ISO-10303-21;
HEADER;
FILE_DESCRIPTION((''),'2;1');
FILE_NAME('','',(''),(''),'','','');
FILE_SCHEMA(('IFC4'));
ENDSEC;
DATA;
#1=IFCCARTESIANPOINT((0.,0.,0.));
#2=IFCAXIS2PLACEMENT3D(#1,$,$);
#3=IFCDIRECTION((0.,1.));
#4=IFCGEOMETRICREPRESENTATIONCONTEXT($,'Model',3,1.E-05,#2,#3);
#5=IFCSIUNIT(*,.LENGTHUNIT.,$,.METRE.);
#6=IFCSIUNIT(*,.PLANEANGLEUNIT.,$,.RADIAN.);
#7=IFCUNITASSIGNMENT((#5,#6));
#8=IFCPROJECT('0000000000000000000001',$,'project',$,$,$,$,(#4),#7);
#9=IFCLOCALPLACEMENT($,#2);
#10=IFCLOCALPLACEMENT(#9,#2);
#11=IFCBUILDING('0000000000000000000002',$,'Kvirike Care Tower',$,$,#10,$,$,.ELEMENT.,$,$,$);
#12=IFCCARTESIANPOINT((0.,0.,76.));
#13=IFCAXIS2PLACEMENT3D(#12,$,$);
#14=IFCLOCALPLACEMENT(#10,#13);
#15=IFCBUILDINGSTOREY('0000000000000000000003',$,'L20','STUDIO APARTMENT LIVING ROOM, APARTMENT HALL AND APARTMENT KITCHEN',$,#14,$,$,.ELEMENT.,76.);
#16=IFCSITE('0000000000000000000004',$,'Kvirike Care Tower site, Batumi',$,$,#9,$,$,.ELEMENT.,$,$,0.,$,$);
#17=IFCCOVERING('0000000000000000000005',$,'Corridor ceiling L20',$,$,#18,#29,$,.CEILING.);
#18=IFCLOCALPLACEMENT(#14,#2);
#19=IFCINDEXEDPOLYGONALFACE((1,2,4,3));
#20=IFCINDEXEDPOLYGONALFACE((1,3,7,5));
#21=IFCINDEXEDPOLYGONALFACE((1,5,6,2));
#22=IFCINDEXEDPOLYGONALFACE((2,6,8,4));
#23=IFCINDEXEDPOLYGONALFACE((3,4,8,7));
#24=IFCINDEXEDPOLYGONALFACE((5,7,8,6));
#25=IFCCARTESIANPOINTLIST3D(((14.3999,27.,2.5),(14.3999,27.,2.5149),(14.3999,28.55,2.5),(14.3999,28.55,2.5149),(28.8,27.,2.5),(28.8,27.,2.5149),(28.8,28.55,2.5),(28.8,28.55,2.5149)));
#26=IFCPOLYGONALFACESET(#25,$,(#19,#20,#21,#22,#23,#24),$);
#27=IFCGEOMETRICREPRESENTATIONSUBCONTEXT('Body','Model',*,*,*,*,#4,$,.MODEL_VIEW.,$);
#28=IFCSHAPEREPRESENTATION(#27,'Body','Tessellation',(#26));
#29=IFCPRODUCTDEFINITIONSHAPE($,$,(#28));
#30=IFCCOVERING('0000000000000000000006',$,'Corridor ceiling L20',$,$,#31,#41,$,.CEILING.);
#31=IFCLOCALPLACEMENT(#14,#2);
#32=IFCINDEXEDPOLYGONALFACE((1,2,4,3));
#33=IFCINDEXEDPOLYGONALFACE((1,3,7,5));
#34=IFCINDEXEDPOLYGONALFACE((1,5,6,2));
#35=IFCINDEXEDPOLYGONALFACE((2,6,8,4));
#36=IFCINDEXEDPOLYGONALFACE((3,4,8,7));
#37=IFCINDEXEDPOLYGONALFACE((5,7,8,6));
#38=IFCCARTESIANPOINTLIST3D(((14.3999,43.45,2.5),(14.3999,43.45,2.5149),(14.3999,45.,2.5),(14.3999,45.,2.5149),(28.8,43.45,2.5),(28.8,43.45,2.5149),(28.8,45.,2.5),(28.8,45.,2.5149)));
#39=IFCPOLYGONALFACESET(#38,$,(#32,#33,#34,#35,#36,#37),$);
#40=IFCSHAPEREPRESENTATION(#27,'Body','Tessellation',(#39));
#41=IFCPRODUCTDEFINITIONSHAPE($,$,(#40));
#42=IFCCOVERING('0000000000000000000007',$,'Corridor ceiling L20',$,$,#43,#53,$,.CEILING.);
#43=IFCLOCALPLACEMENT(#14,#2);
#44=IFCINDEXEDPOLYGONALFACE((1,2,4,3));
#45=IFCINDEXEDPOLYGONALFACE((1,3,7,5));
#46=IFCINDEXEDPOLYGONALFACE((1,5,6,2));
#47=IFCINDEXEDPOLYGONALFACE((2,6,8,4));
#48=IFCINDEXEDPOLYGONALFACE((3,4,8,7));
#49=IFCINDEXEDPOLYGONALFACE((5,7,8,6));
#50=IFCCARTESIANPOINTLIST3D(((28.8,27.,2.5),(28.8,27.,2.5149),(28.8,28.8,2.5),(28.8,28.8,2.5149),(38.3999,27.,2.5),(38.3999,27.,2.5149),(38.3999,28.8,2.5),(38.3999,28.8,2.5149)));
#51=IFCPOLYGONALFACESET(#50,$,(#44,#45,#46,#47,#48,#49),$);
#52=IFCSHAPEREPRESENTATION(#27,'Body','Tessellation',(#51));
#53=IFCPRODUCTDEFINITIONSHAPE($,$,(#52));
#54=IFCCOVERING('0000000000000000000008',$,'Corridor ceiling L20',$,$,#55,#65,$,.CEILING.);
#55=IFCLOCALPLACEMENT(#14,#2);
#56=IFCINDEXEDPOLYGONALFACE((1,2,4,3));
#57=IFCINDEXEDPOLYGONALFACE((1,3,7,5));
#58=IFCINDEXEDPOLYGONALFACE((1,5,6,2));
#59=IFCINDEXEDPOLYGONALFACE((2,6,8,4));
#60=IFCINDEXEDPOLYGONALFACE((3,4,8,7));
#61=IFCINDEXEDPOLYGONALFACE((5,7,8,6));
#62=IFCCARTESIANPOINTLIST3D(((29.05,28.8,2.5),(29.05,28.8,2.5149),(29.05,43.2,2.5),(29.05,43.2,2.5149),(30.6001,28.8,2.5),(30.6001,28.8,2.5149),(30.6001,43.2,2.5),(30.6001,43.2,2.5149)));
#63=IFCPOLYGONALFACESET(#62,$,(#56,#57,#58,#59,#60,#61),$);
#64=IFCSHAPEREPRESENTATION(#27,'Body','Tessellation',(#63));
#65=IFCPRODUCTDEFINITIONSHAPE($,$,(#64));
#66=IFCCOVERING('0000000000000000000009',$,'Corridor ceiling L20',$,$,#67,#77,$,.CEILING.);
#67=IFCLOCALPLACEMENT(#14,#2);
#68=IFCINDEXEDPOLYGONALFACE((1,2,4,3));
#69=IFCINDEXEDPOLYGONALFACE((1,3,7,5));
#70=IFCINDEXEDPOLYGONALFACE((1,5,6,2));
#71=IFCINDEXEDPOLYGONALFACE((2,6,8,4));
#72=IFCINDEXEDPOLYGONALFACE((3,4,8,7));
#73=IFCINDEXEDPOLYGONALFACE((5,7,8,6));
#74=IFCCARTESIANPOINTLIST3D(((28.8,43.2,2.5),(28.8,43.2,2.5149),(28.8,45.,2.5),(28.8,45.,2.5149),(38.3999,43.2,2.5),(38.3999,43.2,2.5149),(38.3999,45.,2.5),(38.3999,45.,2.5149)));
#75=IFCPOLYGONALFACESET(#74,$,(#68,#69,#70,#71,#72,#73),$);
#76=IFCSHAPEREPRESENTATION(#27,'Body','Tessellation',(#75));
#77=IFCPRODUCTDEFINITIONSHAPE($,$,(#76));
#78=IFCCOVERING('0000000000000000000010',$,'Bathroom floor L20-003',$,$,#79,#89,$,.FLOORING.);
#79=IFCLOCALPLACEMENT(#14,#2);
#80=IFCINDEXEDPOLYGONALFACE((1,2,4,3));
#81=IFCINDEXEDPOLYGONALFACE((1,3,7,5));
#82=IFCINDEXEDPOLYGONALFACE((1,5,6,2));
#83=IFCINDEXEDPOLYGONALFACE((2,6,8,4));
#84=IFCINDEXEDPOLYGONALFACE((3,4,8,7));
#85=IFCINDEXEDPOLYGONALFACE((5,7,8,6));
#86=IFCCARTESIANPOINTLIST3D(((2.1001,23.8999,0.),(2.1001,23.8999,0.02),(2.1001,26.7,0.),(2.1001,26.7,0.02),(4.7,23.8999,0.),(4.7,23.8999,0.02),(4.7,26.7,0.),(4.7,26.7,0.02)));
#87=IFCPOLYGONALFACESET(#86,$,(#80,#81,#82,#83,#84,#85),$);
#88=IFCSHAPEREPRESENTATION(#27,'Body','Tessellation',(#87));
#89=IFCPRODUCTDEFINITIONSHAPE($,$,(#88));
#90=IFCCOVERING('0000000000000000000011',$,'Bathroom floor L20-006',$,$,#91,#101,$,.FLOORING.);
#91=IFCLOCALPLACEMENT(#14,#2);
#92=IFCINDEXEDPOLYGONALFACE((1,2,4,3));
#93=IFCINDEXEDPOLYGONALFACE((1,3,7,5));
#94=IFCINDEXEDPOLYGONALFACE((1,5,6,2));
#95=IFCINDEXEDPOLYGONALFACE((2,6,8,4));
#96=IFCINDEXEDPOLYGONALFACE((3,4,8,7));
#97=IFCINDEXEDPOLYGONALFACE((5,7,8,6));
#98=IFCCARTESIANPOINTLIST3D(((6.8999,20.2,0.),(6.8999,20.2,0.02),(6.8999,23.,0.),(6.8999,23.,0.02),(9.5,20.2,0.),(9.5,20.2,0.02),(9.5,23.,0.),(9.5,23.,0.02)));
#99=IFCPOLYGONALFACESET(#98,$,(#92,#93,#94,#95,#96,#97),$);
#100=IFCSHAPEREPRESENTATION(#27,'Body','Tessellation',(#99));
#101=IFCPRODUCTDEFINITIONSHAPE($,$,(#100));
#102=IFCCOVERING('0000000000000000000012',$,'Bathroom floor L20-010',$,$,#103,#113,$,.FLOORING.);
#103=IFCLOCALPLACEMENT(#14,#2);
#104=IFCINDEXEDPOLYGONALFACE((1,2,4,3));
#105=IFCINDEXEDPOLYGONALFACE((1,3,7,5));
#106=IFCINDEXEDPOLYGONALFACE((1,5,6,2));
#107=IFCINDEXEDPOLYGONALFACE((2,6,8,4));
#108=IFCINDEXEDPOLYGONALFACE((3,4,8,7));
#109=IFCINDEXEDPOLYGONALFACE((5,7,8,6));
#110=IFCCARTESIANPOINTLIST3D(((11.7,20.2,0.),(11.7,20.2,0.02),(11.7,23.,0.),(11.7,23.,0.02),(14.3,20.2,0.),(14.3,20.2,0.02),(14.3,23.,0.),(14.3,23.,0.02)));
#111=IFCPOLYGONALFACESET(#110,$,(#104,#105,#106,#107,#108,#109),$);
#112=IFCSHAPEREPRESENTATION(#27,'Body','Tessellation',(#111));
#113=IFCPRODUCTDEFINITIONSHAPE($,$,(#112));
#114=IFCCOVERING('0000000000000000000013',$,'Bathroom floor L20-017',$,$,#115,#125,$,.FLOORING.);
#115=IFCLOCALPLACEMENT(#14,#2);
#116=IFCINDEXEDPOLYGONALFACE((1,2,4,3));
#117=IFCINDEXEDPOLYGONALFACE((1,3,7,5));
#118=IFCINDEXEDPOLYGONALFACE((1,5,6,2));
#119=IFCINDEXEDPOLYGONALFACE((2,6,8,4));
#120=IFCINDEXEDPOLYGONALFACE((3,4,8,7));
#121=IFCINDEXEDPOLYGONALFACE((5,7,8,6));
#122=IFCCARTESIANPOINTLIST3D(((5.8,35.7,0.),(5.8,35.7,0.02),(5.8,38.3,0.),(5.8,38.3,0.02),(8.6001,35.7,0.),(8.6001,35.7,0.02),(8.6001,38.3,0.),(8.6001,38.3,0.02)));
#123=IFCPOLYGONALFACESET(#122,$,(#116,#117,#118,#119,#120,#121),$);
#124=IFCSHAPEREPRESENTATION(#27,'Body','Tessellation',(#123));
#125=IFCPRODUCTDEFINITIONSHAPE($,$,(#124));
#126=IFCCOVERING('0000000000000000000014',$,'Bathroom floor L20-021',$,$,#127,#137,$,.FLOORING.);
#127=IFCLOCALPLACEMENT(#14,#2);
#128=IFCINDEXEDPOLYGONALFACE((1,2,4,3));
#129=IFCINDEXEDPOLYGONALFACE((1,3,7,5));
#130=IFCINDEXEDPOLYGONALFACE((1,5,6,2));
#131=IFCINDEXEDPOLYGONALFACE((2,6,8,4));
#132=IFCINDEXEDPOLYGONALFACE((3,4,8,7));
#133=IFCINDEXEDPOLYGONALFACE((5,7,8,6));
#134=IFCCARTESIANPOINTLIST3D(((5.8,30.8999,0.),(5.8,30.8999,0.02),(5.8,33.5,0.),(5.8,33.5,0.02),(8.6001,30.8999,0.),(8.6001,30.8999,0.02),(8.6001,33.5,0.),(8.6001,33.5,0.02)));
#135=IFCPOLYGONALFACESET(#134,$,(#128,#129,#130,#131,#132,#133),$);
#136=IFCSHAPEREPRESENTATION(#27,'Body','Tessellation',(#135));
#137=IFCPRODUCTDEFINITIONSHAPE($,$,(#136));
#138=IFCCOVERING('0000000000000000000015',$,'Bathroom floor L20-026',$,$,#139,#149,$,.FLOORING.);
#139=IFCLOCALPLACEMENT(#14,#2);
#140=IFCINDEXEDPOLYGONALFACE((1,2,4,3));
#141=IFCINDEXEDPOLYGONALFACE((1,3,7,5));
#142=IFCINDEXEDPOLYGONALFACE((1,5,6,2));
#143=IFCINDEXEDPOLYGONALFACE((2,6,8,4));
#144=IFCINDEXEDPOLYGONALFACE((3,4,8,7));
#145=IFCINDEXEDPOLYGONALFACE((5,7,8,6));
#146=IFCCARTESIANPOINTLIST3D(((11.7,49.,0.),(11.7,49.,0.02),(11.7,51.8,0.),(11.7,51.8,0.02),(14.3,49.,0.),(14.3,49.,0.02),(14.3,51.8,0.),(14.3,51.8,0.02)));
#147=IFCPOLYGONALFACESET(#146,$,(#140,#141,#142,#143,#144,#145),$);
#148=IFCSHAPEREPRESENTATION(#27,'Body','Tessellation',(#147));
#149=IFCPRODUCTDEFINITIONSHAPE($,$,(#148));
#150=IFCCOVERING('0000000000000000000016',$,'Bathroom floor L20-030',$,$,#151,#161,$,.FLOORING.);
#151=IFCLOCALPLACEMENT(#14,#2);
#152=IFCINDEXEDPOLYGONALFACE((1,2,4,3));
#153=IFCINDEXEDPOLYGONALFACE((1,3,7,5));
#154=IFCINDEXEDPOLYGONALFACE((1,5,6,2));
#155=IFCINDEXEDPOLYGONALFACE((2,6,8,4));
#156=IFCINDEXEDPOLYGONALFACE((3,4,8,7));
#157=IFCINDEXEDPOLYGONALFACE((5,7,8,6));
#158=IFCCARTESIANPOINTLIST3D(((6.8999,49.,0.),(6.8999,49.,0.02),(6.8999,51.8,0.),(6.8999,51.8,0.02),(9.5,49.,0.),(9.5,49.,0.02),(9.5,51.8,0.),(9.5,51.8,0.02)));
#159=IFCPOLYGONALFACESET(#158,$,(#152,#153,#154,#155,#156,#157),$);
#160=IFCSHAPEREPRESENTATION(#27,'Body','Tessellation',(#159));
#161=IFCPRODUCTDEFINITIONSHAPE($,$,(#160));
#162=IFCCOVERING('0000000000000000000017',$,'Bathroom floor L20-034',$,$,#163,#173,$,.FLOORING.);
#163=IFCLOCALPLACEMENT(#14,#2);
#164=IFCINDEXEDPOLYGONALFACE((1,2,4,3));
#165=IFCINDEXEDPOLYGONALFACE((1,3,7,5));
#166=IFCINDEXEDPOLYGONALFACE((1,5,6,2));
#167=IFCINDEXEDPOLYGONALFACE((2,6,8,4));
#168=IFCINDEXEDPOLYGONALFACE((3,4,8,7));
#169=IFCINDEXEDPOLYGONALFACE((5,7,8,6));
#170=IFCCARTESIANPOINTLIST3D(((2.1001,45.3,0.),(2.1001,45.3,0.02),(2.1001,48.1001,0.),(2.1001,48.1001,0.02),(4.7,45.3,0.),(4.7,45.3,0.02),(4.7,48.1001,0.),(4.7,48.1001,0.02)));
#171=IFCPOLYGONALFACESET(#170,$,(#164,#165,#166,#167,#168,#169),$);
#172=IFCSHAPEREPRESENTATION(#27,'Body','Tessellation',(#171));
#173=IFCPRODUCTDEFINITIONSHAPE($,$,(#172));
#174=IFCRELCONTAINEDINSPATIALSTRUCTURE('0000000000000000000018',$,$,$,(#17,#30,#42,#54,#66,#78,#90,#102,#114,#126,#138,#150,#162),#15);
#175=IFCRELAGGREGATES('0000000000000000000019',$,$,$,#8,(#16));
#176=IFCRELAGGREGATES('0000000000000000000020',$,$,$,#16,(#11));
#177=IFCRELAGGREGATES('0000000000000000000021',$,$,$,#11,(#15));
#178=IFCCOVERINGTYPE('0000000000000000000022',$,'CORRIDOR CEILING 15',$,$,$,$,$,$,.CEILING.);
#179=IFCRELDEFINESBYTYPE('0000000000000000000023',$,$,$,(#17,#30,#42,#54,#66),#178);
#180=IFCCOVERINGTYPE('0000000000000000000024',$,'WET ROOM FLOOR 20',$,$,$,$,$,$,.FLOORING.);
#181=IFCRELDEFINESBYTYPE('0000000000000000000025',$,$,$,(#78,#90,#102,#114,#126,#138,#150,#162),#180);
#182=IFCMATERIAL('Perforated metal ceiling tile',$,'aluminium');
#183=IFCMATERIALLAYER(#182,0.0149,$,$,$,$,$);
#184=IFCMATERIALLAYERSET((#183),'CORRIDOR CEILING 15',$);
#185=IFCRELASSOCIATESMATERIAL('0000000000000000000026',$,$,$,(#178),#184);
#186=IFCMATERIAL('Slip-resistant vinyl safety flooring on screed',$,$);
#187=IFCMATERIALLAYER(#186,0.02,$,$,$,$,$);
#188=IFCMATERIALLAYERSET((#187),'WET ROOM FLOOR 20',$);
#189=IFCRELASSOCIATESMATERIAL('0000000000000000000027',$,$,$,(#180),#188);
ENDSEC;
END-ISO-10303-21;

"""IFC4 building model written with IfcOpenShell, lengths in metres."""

from ifc_helpers import new_model, si_unit, direction, frame, origin, place, context, subcontext, project, spatial, polyline, outline, extrude, material, layer, layer_set, type_object, element, save


model = new_model("IFC4")

# Units and contexts
model_context = context("Model", 3, precision=1e-05, world=origin(), true_north=direction((0.0, 1.0)))
body_context = subcontext(model_context, "Body", "Model", "MODEL_VIEW")
ifc_project = project(units=[si_unit("LENGTHUNIT", "METRE"), si_unit("PLANEANGLEUNIT", "RADIAN")], contexts=[model_context])

# Site, building, storey
site_placement = place(None, origin())
site = spatial("IfcSite", under=ifc_project, at=site_placement, Name="Kvirike Care Tower site, Batumi", CompositionType="ELEMENT", RefElevation=0.0)
building_placement = place(site_placement, origin())
building = spatial("IfcBuilding", under=site, at=building_placement, Name="Kvirike Care Tower", CompositionType="ELEMENT")
storey_placement = place(building_placement, frame((0.0, 0.0, 76.0)))
storey = spatial("IfcBuildingStorey", under=building, at=storey_placement, Name="L20", Description="STUDIO APARTMENT LIVING ROOM, APARTMENT HALL AND APARTMENT KITCHEN", CompositionType="ELEMENT", Elevation=76.0)

# Coverings
ifc_material_1 = material(Name="Perforated metal ceiling tile", Category="aluminium")
ifc_layer_1 = layer(ifc_material_1, 0.0149)
ifc_layer_set_1 = layer_set([ifc_layer_1], Name="CORRIDOR CEILING 15")
covering_type_1 = type_object("IfcCoveringType", Name="CORRIDOR CEILING 15", PredefinedType="CEILING", material=ifc_layer_set_1)
covering_1_placement = place(storey_placement, frame((0.0, 0.0, 2.5)))
element("IfcCovering", 1, at=covering_1_placement, inside=storey, type_object=covering_type_1, Name="Corridor ceiling L20", PredefinedType="CEILING", context=body_context, shape_type="SweptSolid", body=[
    extrude(outline(polyline([(14.3999, 27.0), (14.3999, 28.55), (28.8, 28.55), (28.8, 27.0), (14.3999, 27.0)])), origin(), (0.0, 0.0, 1.0), 0.0149),
])
covering_2_placement = place(storey_placement, frame((0.0, 0.0, 2.5)))
element("IfcCovering", 2, at=covering_2_placement, inside=storey, type_object=covering_type_1, Name="Corridor ceiling L20", PredefinedType="CEILING", context=body_context, shape_type="SweptSolid", body=[
    extrude(outline(polyline([(28.8, 45.0), (28.8, 43.45), (14.3999, 43.45), (14.3999, 45.0), (28.8, 45.0)])), origin(), (0.0, 0.0, 1.0), 0.0149),
])
covering_3_placement = place(storey_placement, frame((0.0, 0.0, 2.5)))
element("IfcCovering", 3, at=covering_3_placement, inside=storey, type_object=covering_type_1, Name="Corridor ceiling L20", PredefinedType="CEILING", context=body_context, shape_type="SweptSolid", body=[
    extrude(outline(polyline([(28.8, 27.0), (28.8, 28.8), (38.3999, 28.8), (38.3999, 27.0), (28.8, 27.0)])), origin(), (0.0, 0.0, 1.0), 0.0149),
])
covering_4_placement = place(storey_placement, frame((0.0, 0.0, 2.5)))
element("IfcCovering", 4, at=covering_4_placement, inside=storey, type_object=covering_type_1, Name="Corridor ceiling L20", PredefinedType="CEILING", context=body_context, shape_type="SweptSolid", body=[
    extrude(outline(polyline([(30.6001, 28.8), (29.05, 28.8), (29.05, 43.2), (30.6001, 43.2), (30.6001, 28.8)])), origin(), (0.0, 0.0, 1.0), 0.0149),
])
covering_5_placement = place(storey_placement, frame((0.0, 0.0, 2.5)))
element("IfcCovering", 5, at=covering_5_placement, inside=storey, type_object=covering_type_1, Name="Corridor ceiling L20", PredefinedType="CEILING", context=body_context, shape_type="SweptSolid", body=[
    extrude(outline(polyline([(38.3999, 45.0), (38.3999, 43.2), (28.8, 43.2), (28.8, 45.0), (38.3999, 45.0)])), origin(), (0.0, 0.0, 1.0), 0.0149),
])
ifc_material_2 = material(Name="Slip-resistant vinyl safety flooring on screed")
ifc_layer_2 = layer(ifc_material_2, 0.02)
ifc_layer_set_2 = layer_set([ifc_layer_2], Name="WET ROOM FLOOR 20")
covering_type_2 = type_object("IfcCoveringType", Name="WET ROOM FLOOR 20", PredefinedType="FLOORING", material=ifc_layer_set_2)
covering_6_placement = place(storey_placement, origin())
element("IfcCovering", 6, at=covering_6_placement, inside=storey, type_object=covering_type_2, Name="Bathroom floor L20-003", PredefinedType="FLOORING", context=body_context, shape_type="SweptSolid", body=[
    extrude(outline(polyline([(2.1001, 23.8999), (2.1001, 26.7), (4.7, 26.7), (4.7, 23.8999), (2.1001, 23.8999)])), origin(), (0.0, 0.0, 1.0), 0.02),
])
covering_7_placement = place(storey_placement, origin())
element("IfcCovering", 7, at=covering_7_placement, inside=storey, type_object=covering_type_2, Name="Bathroom floor L20-006", PredefinedType="FLOORING", context=body_context, shape_type="SweptSolid", body=[
    extrude(outline(polyline([(6.8999, 20.2), (6.8999, 23.0), (9.5, 23.0), (9.5, 20.2), (6.8999, 20.2)])), origin(), (0.0, 0.0, 1.0), 0.02),
])
covering_8_placement = place(storey_placement, origin())
element("IfcCovering", 8, at=covering_8_placement, inside=storey, type_object=covering_type_2, Name="Bathroom floor L20-010", PredefinedType="FLOORING", context=body_context, shape_type="SweptSolid", body=[
    extrude(outline(polyline([(11.7, 20.2), (11.7, 23.0), (14.3, 23.0), (14.3, 20.2), (11.7, 20.2)])), origin(), (0.0, 0.0, 1.0), 0.02),
])
covering_9_placement = place(storey_placement, origin())
element("IfcCovering", 9, at=covering_9_placement, inside=storey, type_object=covering_type_2, Name="Bathroom floor L20-017", PredefinedType="FLOORING", context=body_context, shape_type="SweptSolid", body=[
    extrude(outline(polyline([(5.8, 38.3), (8.6001, 38.3), (8.6001, 35.7), (5.8, 35.7), (5.8, 38.3)])), origin(), (0.0, 0.0, 1.0), 0.02),
])
covering_10_placement = place(storey_placement, origin())
element("IfcCovering", 10, at=covering_10_placement, inside=storey, type_object=covering_type_2, Name="Bathroom floor L20-021", PredefinedType="FLOORING", context=body_context, shape_type="SweptSolid", body=[
    extrude(outline(polyline([(5.8, 33.5), (8.6001, 33.5), (8.6001, 30.8999), (5.8, 30.8999), (5.8, 33.5)])), origin(), (0.0, 0.0, 1.0), 0.02),
])
covering_11_placement = place(storey_placement, origin())
element("IfcCovering", 11, at=covering_11_placement, inside=storey, type_object=covering_type_2, Name="Bathroom floor L20-026", PredefinedType="FLOORING", context=body_context, shape_type="SweptSolid", body=[
    extrude(outline(polyline([(14.3, 51.8), (14.3, 49.0), (11.7, 49.0), (11.7, 51.8), (14.3, 51.8)])), origin(), (0.0, 0.0, 1.0), 0.02),
])
covering_12_placement = place(storey_placement, origin())
element("IfcCovering", 12, at=covering_12_placement, inside=storey, type_object=covering_type_2, Name="Bathroom floor L20-030", PredefinedType="FLOORING", context=body_context, shape_type="SweptSolid", body=[
    extrude(outline(polyline([(9.5, 51.8), (9.5, 49.0), (6.8999, 49.0), (6.8999, 51.8), (9.5, 51.8)])), origin(), (0.0, 0.0, 1.0), 0.02),
])
covering_13_placement = place(storey_placement, origin())
element("IfcCovering", 13, at=covering_13_placement, inside=storey, type_object=covering_type_2, Name="Bathroom floor L20-034", PredefinedType="FLOORING", context=body_context, shape_type="SweptSolid", body=[
    extrude(outline(polyline([(4.7, 48.1001), (4.7, 45.3), (2.1001, 45.3), (2.1001, 48.1001), (4.7, 48.1001)])), origin(), (0.0, 0.0, 1.0), 0.02),
])

save(model, "model.ifc")
